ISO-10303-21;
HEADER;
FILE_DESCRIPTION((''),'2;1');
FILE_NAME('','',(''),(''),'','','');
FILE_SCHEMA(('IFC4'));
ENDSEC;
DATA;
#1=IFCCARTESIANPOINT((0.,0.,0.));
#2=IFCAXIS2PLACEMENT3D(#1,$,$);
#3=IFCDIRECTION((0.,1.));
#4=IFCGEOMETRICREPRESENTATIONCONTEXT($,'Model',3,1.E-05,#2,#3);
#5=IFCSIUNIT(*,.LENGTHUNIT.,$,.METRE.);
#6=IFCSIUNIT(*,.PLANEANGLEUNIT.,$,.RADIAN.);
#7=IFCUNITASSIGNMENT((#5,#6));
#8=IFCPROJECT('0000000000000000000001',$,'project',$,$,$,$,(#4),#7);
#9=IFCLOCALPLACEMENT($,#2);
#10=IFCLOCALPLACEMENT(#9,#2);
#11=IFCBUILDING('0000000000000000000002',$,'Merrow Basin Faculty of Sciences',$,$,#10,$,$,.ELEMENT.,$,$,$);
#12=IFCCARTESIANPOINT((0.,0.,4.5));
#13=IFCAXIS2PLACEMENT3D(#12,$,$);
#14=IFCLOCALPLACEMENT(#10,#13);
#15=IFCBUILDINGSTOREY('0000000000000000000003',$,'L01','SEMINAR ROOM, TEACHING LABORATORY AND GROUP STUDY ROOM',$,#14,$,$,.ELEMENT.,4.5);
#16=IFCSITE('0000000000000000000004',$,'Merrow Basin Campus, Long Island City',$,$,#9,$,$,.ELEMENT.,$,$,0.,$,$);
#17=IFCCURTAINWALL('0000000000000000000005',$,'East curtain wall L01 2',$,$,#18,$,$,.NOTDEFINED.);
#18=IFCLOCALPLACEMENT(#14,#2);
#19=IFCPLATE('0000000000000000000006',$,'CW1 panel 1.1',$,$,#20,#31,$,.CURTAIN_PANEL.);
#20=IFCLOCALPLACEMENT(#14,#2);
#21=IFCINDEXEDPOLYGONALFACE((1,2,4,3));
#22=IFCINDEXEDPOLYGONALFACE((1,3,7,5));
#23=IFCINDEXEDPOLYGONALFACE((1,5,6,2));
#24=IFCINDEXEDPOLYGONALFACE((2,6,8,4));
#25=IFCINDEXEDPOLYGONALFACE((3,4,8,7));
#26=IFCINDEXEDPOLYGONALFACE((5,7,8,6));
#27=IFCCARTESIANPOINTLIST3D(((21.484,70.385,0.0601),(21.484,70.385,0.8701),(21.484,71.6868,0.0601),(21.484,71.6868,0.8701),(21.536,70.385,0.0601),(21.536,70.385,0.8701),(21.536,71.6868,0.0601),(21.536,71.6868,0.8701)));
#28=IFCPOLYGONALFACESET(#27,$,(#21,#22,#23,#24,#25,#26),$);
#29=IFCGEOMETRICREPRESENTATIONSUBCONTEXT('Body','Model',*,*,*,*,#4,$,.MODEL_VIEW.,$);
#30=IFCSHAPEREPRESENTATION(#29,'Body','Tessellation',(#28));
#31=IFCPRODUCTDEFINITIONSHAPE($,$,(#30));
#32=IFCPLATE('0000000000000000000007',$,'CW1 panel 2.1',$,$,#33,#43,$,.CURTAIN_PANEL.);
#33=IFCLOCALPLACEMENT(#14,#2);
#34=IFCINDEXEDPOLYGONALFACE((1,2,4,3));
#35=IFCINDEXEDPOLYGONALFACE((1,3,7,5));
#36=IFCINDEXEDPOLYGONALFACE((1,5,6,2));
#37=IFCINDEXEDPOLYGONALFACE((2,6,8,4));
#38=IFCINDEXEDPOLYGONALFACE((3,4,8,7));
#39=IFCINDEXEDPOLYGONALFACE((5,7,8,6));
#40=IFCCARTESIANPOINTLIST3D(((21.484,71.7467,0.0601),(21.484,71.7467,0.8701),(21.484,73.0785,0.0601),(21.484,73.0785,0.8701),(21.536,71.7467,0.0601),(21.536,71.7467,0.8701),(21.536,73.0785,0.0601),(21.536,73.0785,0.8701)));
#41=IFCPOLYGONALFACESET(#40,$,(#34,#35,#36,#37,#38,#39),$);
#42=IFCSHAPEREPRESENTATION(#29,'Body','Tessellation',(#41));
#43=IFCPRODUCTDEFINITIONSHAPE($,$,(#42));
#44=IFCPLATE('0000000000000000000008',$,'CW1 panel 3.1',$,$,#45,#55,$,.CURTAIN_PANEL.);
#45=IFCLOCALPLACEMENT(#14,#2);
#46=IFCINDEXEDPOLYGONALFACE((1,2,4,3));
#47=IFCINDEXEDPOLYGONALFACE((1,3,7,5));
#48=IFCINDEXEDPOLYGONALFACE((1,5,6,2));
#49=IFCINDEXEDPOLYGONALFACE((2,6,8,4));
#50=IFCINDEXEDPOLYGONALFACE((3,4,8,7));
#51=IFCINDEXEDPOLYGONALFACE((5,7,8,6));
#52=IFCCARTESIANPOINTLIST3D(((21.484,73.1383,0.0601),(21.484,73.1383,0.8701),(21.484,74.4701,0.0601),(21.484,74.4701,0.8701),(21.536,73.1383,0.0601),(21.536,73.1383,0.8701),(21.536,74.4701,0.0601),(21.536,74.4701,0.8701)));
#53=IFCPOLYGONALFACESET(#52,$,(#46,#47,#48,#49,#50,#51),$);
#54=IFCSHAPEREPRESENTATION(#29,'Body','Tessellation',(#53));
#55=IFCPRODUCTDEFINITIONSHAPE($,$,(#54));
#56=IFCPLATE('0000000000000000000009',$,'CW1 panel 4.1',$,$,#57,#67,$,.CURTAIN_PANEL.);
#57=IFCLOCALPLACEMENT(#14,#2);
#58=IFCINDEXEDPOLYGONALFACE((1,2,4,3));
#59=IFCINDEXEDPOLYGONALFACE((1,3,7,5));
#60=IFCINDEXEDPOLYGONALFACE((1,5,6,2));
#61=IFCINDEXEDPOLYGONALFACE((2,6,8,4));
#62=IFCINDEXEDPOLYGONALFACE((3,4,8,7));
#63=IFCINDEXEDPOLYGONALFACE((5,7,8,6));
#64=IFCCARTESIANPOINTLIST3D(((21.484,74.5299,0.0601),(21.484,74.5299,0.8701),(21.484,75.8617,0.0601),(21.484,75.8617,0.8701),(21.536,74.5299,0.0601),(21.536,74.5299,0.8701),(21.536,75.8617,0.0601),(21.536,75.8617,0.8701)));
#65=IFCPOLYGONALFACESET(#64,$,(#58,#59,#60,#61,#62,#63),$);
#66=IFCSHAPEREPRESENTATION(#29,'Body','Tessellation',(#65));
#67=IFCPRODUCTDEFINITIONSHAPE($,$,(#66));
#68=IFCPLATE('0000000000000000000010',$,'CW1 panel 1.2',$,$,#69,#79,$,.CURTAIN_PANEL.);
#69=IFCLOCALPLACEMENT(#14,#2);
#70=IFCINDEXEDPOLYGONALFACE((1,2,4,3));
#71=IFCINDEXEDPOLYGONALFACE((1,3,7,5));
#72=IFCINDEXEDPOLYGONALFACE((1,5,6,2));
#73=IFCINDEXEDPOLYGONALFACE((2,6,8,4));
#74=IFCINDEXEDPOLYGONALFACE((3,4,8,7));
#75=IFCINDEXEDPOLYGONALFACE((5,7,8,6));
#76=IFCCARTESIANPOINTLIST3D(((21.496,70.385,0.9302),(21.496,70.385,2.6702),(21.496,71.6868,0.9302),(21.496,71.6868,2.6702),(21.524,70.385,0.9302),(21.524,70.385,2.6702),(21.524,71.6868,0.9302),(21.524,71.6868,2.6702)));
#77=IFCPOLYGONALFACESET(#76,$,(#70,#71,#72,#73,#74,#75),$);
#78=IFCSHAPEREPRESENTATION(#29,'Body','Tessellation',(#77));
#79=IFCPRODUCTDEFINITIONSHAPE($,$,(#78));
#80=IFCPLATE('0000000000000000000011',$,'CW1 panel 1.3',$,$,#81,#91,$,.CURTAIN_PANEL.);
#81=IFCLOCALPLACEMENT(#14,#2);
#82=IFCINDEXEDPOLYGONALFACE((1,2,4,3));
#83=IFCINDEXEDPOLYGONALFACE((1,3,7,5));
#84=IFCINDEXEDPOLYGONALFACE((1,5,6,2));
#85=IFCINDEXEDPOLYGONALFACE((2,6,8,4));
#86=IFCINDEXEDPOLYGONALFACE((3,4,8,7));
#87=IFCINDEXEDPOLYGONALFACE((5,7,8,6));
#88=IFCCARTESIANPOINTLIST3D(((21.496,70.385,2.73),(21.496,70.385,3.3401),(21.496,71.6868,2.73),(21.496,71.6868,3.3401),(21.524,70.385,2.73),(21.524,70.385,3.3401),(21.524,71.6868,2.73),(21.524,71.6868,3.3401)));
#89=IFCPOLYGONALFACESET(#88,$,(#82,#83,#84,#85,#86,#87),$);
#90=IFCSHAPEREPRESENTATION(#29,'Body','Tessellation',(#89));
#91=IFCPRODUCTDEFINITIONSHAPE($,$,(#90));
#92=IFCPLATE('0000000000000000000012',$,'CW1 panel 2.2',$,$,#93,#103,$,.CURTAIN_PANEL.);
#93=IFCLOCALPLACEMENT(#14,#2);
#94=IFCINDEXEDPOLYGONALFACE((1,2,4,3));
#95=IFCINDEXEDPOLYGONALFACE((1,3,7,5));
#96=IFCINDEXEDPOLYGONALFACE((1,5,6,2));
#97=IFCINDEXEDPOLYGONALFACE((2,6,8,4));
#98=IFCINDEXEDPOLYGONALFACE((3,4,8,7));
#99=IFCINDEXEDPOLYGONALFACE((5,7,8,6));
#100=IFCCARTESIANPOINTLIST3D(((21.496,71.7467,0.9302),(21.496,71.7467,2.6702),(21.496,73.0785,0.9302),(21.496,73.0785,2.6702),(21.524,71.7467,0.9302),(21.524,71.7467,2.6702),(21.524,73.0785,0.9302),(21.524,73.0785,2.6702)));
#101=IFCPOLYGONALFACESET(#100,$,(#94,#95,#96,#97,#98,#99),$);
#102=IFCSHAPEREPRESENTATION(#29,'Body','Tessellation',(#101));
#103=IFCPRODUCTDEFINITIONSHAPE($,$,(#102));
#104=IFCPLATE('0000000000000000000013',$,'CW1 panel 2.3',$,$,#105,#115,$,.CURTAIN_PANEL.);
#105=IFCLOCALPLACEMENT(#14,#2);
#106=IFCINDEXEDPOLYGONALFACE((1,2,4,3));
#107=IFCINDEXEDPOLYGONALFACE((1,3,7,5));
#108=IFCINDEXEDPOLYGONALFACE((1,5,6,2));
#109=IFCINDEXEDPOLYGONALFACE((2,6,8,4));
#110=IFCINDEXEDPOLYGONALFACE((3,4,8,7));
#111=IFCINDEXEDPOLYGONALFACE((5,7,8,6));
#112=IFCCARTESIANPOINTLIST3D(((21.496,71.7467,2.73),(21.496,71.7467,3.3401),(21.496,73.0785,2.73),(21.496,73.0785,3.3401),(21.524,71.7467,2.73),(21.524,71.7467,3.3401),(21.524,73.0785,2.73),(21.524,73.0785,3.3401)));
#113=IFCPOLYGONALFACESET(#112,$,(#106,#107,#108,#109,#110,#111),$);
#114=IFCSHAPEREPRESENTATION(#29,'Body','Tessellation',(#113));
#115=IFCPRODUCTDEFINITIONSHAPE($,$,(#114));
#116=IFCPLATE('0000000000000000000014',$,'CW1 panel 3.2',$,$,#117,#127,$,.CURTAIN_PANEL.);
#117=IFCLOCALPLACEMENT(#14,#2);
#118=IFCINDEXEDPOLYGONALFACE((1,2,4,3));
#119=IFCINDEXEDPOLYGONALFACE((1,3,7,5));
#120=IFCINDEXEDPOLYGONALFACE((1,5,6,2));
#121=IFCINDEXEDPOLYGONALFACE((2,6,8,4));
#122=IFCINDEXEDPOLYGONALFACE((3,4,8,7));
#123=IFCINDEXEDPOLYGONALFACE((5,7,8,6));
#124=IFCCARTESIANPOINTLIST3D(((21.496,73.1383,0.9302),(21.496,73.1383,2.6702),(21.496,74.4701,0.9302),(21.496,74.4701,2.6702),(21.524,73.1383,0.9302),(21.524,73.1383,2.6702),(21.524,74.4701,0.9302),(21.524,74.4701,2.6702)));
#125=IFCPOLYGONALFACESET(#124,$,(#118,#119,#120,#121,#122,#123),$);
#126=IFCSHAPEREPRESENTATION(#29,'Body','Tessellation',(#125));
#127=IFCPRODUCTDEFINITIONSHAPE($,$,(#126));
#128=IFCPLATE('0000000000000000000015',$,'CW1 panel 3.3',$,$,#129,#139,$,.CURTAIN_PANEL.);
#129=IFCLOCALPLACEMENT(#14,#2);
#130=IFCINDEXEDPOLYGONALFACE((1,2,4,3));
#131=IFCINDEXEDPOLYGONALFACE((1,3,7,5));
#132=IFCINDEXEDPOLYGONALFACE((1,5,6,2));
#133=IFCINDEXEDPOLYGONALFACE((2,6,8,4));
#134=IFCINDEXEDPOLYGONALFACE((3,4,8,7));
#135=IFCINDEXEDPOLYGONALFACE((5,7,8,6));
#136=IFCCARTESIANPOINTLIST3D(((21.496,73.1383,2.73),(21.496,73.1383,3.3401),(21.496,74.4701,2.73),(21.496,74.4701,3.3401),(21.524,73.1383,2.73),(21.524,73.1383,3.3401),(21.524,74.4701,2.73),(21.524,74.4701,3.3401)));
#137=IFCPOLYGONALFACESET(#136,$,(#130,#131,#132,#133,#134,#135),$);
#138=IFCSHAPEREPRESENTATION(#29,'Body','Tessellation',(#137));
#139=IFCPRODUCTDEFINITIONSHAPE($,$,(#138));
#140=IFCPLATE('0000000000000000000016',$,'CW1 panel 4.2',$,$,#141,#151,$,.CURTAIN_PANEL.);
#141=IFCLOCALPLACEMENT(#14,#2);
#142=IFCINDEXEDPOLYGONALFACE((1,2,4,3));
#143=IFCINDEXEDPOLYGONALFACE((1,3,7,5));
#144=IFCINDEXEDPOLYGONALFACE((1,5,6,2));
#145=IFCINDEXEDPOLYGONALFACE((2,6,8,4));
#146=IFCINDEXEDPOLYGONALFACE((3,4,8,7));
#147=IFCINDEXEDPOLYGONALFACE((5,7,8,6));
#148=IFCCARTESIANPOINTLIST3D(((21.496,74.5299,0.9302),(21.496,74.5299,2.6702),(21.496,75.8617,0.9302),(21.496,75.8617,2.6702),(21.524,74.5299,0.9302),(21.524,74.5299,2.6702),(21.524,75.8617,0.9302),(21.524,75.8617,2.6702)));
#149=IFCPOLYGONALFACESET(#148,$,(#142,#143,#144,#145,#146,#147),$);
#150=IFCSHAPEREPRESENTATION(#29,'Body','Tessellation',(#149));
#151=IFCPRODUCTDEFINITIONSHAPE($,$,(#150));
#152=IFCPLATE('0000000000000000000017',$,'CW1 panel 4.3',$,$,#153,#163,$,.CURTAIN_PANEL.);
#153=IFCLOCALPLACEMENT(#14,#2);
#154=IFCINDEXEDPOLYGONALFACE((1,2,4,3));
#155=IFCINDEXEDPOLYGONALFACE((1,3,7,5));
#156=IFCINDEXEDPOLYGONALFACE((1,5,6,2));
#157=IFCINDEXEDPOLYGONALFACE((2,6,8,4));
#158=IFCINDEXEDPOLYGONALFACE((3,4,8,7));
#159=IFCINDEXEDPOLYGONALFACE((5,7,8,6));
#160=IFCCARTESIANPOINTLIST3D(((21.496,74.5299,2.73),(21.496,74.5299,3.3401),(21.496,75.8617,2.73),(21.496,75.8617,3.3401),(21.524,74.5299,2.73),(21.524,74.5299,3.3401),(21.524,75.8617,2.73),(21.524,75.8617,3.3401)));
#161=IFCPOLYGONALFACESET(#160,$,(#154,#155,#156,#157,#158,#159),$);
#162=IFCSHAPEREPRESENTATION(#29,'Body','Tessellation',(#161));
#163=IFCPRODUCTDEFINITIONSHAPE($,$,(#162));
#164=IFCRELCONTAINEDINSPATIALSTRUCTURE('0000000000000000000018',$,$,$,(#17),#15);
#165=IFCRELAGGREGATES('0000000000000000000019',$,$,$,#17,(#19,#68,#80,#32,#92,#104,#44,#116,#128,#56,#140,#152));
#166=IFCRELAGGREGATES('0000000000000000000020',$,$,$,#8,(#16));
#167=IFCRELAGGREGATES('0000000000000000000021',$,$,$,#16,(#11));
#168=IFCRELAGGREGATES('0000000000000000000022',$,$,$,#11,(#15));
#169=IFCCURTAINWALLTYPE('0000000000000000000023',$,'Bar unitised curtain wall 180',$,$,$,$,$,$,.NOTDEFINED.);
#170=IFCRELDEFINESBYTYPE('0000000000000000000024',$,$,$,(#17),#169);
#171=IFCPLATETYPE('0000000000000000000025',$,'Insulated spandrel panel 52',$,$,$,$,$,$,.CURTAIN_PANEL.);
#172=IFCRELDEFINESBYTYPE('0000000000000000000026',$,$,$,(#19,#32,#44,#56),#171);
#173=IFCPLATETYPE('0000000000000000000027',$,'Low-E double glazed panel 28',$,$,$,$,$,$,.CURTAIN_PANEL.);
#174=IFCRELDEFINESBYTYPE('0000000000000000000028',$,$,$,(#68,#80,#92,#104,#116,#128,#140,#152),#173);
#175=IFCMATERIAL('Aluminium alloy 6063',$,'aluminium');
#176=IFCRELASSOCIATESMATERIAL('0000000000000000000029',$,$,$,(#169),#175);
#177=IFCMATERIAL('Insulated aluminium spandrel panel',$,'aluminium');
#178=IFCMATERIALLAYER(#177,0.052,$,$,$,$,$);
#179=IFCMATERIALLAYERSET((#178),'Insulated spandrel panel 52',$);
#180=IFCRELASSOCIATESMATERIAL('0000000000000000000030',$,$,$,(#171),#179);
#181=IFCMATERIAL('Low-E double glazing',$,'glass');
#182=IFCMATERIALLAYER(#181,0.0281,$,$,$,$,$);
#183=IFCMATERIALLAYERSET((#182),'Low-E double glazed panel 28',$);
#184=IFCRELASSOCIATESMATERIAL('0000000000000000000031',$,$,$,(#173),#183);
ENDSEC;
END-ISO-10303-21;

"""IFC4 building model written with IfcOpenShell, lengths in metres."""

from ifc_helpers import new_model, si_unit, direction, frame, origin, origin_2d, place, context, subcontext, project, spatial, rectangle, extrude, material, layer, layer_set, type_object, element, aggregate, save


model = new_model("IFC4")

# Units and contexts
model_context = context("Model", 3, precision=1e-05, world=origin(), true_north=direction((0.0, 1.0)))
body_context = subcontext(model_context, "Body", "Model", "MODEL_VIEW")
ifc_project = project(units=[si_unit("LENGTHUNIT", "METRE"), si_unit("PLANEANGLEUNIT", "RADIAN")], contexts=[model_context])

# Site, building, storey
site_placement = place(None, origin())
site = spatial("IfcSite", under=ifc_project, at=site_placement, Name="Merrow Basin Campus, Long Island City", CompositionType="ELEMENT", RefElevation=0.0)
building_placement = place(site_placement, origin())
building = spatial("IfcBuilding", under=site, at=building_placement, Name="Merrow Basin Faculty of Sciences", CompositionType="ELEMENT")
storey_placement = place(building_placement, frame((0.0, 0.0, 4.5)))
storey = spatial("IfcBuildingStorey", under=building, at=storey_placement, Name="L01", Description="SEMINAR ROOM, TEACHING LABORATORY AND GROUP STUDY ROOM", CompositionType="ELEMENT", Elevation=4.5)

# Curtain wall, plates
ifc_material_1 = material(Name="Aluminium alloy 6063", Category="aluminium")
curtain_wall_type = type_object("IfcCurtainWallType", Name="Bar unitised curtain wall 180", PredefinedType="NOTDEFINED", material=ifc_material_1)
curtain_wall_placement = place(storey_placement, origin())
curtain_wall = element("IfcCurtainWall", 1, at=curtain_wall_placement, inside=storey, type_object=curtain_wall_type, Name="East curtain wall L01 2", PredefinedType="NOTDEFINED")
ifc_material_2 = material(Name="Insulated aluminium spandrel panel", Category="aluminium")
ifc_layer_1 = layer(ifc_material_2, 0.052)
ifc_layer_set_1 = layer_set([ifc_layer_1], Name="Insulated spandrel panel 52")
plate_type_1 = type_object("IfcPlateType", Name="Insulated spandrel panel 52", PredefinedType="CURTAIN_PANEL", material=ifc_layer_set_1)
plate_1_placement = place(storey_placement, frame((21.51, 71.0359, 0.0601), z_axis=(0.0, 0.0, 1.0), x_axis=(0.0, 1.0, 0.0)))
plate_1 = element("IfcPlate", 2, at=plate_1_placement, type_object=plate_type_1, Name="CW1 panel 1.1", PredefinedType="CURTAIN_PANEL", context=body_context, shape_type="SweptSolid", body=[
    extrude(rectangle(XDim=1.3018, YDim=0.052, at=origin_2d()), origin(), (0.0, 0.0, 1.0), 0.8101),
])
plate_2_placement = place(storey_placement, frame((21.51, 72.4126, 0.0601), z_axis=(0.0, 0.0, 1.0), x_axis=(0.0, 1.0, 0.0)))
plate_2 = element("IfcPlate", 3, at=plate_2_placement, type_object=plate_type_1, Name="CW1 panel 2.1", PredefinedType="CURTAIN_PANEL", context=body_context, shape_type="SweptSolid", body=[
    extrude(rectangle(XDim=1.3318, YDim=0.052, at=origin_2d()), origin(), (0.0, 0.0, 1.0), 0.8101),
])
plate_3_placement = place(storey_placement, frame((21.51, 73.8042, 0.0601), z_axis=(0.0, 0.0, 1.0), x_axis=(0.0, 1.0, 0.0)))
plate_3 = element("IfcPlate", 4, at=plate_3_placement, type_object=plate_type_1, Name="CW1 panel 3.1", PredefinedType="CURTAIN_PANEL", context=body_context, shape_type="SweptSolid", body=[
    extrude(rectangle(XDim=1.3318, YDim=0.052, at=origin_2d()), origin(), (0.0, 0.0, 1.0), 0.8101),
])
plate_4_placement = place(storey_placement, frame((21.51, 75.1958, 0.0601), z_axis=(0.0, 0.0, 1.0), x_axis=(0.0, 1.0, 0.0)))
plate_4 = element("IfcPlate", 5, at=plate_4_placement, type_object=plate_type_1, Name="CW1 panel 4.1", PredefinedType="CURTAIN_PANEL", context=body_context, shape_type="SweptSolid", body=[
    extrude(rectangle(XDim=1.3318, YDim=0.052, at=origin_2d()), origin(), (0.0, 0.0, 1.0), 0.8101),
])
ifc_material_3 = material(Name="Low-E double glazing", Category="glass")
ifc_layer_2 = layer(ifc_material_3, 0.0281)
ifc_layer_set_2 = layer_set([ifc_layer_2], Name="Low-E double glazed panel 28")
plate_type_2 = type_object("IfcPlateType", Name="Low-E double glazed panel 28", PredefinedType="CURTAIN_PANEL", material=ifc_layer_set_2)
plate_5_placement = place(storey_placement, frame((21.51, 71.0359, 0.9302), z_axis=(0.0, 0.0, 1.0), x_axis=(0.0, 1.0, 0.0)))
plate_5 = element("IfcPlate", 6, at=plate_5_placement, type_object=plate_type_2, Name="CW1 panel 1.2", PredefinedType="CURTAIN_PANEL", context=body_context, shape_type="SweptSolid", body=[
    extrude(rectangle(XDim=1.3018, YDim=0.0281, at=origin_2d()), origin(), (0.0, 0.0, 1.0), 1.74),
])
plate_6_placement = place(storey_placement, frame((21.51, 71.0359, 2.73), z_axis=(0.0, 0.0, 1.0), x_axis=(0.0, 1.0, 0.0)))
plate_6 = element("IfcPlate", 7, at=plate_6_placement, type_object=plate_type_2, Name="CW1 panel 1.3", PredefinedType="CURTAIN_PANEL", context=body_context, shape_type="SweptSolid", body=[
    extrude(rectangle(XDim=1.3018, YDim=0.0281, at=origin_2d()), origin(), (0.0, 0.0, 1.0), 0.6101),
])
plate_7_placement = place(storey_placement, frame((21.51, 72.4126, 0.9302), z_axis=(0.0, 0.0, 1.0), x_axis=(0.0, 1.0, 0.0)))
plate_7 = element("IfcPlate", 8, at=plate_7_placement, type_object=plate_type_2, Name="CW1 panel 2.2", PredefinedType="CURTAIN_PANEL", context=body_context, shape_type="SweptSolid", body=[
    extrude(rectangle(XDim=1.3318, YDim=0.0281, at=origin_2d()), origin(), (0.0, 0.0, 1.0), 1.74),
])
plate_8_placement = place(storey_placement, frame((21.51, 72.4126, 2.73), z_axis=(0.0, 0.0, 1.0), x_axis=(0.0, 1.0, 0.0)))
plate_8 = element("IfcPlate", 9, at=plate_8_placement, type_object=plate_type_2, Name="CW1 panel 2.3", PredefinedType="CURTAIN_PANEL", context=body_context, shape_type="SweptSolid", body=[
    extrude(rectangle(XDim=1.3318, YDim=0.0281, at=origin_2d()), origin(), (0.0, 0.0, 1.0), 0.6101),
])
plate_9_placement = place(storey_placement, frame((21.51, 73.8042, 0.9302), z_axis=(0.0, 0.0, 1.0), x_axis=(0.0, 1.0, 0.0)))
plate_9 = element("IfcPlate", 10, at=plate_9_placement, type_object=plate_type_2, Name="CW1 panel 3.2", PredefinedType="CURTAIN_PANEL", context=body_context, shape_type="SweptSolid", body=[
    extrude(rectangle(XDim=1.3318, YDim=0.0281, at=origin_2d()), origin(), (0.0, 0.0, 1.0), 1.74),
])
plate_10_placement = place(storey_placement, frame((21.51, 73.8042, 2.73), z_axis=(0.0, 0.0, 1.0), x_axis=(0.0, 1.0, 0.0)))
plate_10 = element("IfcPlate", 11, at=plate_10_placement, type_object=plate_type_2, Name="CW1 panel 3.3", PredefinedType="CURTAIN_PANEL", context=body_context, shape_type="SweptSolid", body=[
    extrude(rectangle(XDim=1.3318, YDim=0.0281, at=origin_2d()), origin(), (0.0, 0.0, 1.0), 0.6101),
])
plate_11_placement = place(storey_placement, frame((21.51, 75.1958, 0.9302), z_axis=(0.0, 0.0, 1.0), x_axis=(0.0, 1.0, 0.0)))
plate_11 = element("IfcPlate", 12, at=plate_11_placement, type_object=plate_type_2, Name="CW1 panel 4.2", PredefinedType="CURTAIN_PANEL", context=body_context, shape_type="SweptSolid", body=[
    extrude(rectangle(XDim=1.3318, YDim=0.0281, at=origin_2d()), origin(), (0.0, 0.0, 1.0), 1.74),
])
plate_12_placement = place(storey_placement, frame((21.51, 75.1958, 2.73), z_axis=(0.0, 0.0, 1.0), x_axis=(0.0, 1.0, 0.0)))
plate_12 = element("IfcPlate", 13, at=plate_12_placement, type_object=plate_type_2, Name="CW1 panel 4.3", PredefinedType="CURTAIN_PANEL", context=body_context, shape_type="SweptSolid", body=[
    extrude(rectangle(XDim=1.3318, YDim=0.0281, at=origin_2d()), origin(), (0.0, 0.0, 1.0), 0.6101),
])
aggregate(curtain_wall, [plate_1, plate_5, plate_6, plate_2, plate_7, plate_8, plate_3, plate_9, plate_10, plate_4, plate_11, plate_12])

save(model, "model.ifc")
